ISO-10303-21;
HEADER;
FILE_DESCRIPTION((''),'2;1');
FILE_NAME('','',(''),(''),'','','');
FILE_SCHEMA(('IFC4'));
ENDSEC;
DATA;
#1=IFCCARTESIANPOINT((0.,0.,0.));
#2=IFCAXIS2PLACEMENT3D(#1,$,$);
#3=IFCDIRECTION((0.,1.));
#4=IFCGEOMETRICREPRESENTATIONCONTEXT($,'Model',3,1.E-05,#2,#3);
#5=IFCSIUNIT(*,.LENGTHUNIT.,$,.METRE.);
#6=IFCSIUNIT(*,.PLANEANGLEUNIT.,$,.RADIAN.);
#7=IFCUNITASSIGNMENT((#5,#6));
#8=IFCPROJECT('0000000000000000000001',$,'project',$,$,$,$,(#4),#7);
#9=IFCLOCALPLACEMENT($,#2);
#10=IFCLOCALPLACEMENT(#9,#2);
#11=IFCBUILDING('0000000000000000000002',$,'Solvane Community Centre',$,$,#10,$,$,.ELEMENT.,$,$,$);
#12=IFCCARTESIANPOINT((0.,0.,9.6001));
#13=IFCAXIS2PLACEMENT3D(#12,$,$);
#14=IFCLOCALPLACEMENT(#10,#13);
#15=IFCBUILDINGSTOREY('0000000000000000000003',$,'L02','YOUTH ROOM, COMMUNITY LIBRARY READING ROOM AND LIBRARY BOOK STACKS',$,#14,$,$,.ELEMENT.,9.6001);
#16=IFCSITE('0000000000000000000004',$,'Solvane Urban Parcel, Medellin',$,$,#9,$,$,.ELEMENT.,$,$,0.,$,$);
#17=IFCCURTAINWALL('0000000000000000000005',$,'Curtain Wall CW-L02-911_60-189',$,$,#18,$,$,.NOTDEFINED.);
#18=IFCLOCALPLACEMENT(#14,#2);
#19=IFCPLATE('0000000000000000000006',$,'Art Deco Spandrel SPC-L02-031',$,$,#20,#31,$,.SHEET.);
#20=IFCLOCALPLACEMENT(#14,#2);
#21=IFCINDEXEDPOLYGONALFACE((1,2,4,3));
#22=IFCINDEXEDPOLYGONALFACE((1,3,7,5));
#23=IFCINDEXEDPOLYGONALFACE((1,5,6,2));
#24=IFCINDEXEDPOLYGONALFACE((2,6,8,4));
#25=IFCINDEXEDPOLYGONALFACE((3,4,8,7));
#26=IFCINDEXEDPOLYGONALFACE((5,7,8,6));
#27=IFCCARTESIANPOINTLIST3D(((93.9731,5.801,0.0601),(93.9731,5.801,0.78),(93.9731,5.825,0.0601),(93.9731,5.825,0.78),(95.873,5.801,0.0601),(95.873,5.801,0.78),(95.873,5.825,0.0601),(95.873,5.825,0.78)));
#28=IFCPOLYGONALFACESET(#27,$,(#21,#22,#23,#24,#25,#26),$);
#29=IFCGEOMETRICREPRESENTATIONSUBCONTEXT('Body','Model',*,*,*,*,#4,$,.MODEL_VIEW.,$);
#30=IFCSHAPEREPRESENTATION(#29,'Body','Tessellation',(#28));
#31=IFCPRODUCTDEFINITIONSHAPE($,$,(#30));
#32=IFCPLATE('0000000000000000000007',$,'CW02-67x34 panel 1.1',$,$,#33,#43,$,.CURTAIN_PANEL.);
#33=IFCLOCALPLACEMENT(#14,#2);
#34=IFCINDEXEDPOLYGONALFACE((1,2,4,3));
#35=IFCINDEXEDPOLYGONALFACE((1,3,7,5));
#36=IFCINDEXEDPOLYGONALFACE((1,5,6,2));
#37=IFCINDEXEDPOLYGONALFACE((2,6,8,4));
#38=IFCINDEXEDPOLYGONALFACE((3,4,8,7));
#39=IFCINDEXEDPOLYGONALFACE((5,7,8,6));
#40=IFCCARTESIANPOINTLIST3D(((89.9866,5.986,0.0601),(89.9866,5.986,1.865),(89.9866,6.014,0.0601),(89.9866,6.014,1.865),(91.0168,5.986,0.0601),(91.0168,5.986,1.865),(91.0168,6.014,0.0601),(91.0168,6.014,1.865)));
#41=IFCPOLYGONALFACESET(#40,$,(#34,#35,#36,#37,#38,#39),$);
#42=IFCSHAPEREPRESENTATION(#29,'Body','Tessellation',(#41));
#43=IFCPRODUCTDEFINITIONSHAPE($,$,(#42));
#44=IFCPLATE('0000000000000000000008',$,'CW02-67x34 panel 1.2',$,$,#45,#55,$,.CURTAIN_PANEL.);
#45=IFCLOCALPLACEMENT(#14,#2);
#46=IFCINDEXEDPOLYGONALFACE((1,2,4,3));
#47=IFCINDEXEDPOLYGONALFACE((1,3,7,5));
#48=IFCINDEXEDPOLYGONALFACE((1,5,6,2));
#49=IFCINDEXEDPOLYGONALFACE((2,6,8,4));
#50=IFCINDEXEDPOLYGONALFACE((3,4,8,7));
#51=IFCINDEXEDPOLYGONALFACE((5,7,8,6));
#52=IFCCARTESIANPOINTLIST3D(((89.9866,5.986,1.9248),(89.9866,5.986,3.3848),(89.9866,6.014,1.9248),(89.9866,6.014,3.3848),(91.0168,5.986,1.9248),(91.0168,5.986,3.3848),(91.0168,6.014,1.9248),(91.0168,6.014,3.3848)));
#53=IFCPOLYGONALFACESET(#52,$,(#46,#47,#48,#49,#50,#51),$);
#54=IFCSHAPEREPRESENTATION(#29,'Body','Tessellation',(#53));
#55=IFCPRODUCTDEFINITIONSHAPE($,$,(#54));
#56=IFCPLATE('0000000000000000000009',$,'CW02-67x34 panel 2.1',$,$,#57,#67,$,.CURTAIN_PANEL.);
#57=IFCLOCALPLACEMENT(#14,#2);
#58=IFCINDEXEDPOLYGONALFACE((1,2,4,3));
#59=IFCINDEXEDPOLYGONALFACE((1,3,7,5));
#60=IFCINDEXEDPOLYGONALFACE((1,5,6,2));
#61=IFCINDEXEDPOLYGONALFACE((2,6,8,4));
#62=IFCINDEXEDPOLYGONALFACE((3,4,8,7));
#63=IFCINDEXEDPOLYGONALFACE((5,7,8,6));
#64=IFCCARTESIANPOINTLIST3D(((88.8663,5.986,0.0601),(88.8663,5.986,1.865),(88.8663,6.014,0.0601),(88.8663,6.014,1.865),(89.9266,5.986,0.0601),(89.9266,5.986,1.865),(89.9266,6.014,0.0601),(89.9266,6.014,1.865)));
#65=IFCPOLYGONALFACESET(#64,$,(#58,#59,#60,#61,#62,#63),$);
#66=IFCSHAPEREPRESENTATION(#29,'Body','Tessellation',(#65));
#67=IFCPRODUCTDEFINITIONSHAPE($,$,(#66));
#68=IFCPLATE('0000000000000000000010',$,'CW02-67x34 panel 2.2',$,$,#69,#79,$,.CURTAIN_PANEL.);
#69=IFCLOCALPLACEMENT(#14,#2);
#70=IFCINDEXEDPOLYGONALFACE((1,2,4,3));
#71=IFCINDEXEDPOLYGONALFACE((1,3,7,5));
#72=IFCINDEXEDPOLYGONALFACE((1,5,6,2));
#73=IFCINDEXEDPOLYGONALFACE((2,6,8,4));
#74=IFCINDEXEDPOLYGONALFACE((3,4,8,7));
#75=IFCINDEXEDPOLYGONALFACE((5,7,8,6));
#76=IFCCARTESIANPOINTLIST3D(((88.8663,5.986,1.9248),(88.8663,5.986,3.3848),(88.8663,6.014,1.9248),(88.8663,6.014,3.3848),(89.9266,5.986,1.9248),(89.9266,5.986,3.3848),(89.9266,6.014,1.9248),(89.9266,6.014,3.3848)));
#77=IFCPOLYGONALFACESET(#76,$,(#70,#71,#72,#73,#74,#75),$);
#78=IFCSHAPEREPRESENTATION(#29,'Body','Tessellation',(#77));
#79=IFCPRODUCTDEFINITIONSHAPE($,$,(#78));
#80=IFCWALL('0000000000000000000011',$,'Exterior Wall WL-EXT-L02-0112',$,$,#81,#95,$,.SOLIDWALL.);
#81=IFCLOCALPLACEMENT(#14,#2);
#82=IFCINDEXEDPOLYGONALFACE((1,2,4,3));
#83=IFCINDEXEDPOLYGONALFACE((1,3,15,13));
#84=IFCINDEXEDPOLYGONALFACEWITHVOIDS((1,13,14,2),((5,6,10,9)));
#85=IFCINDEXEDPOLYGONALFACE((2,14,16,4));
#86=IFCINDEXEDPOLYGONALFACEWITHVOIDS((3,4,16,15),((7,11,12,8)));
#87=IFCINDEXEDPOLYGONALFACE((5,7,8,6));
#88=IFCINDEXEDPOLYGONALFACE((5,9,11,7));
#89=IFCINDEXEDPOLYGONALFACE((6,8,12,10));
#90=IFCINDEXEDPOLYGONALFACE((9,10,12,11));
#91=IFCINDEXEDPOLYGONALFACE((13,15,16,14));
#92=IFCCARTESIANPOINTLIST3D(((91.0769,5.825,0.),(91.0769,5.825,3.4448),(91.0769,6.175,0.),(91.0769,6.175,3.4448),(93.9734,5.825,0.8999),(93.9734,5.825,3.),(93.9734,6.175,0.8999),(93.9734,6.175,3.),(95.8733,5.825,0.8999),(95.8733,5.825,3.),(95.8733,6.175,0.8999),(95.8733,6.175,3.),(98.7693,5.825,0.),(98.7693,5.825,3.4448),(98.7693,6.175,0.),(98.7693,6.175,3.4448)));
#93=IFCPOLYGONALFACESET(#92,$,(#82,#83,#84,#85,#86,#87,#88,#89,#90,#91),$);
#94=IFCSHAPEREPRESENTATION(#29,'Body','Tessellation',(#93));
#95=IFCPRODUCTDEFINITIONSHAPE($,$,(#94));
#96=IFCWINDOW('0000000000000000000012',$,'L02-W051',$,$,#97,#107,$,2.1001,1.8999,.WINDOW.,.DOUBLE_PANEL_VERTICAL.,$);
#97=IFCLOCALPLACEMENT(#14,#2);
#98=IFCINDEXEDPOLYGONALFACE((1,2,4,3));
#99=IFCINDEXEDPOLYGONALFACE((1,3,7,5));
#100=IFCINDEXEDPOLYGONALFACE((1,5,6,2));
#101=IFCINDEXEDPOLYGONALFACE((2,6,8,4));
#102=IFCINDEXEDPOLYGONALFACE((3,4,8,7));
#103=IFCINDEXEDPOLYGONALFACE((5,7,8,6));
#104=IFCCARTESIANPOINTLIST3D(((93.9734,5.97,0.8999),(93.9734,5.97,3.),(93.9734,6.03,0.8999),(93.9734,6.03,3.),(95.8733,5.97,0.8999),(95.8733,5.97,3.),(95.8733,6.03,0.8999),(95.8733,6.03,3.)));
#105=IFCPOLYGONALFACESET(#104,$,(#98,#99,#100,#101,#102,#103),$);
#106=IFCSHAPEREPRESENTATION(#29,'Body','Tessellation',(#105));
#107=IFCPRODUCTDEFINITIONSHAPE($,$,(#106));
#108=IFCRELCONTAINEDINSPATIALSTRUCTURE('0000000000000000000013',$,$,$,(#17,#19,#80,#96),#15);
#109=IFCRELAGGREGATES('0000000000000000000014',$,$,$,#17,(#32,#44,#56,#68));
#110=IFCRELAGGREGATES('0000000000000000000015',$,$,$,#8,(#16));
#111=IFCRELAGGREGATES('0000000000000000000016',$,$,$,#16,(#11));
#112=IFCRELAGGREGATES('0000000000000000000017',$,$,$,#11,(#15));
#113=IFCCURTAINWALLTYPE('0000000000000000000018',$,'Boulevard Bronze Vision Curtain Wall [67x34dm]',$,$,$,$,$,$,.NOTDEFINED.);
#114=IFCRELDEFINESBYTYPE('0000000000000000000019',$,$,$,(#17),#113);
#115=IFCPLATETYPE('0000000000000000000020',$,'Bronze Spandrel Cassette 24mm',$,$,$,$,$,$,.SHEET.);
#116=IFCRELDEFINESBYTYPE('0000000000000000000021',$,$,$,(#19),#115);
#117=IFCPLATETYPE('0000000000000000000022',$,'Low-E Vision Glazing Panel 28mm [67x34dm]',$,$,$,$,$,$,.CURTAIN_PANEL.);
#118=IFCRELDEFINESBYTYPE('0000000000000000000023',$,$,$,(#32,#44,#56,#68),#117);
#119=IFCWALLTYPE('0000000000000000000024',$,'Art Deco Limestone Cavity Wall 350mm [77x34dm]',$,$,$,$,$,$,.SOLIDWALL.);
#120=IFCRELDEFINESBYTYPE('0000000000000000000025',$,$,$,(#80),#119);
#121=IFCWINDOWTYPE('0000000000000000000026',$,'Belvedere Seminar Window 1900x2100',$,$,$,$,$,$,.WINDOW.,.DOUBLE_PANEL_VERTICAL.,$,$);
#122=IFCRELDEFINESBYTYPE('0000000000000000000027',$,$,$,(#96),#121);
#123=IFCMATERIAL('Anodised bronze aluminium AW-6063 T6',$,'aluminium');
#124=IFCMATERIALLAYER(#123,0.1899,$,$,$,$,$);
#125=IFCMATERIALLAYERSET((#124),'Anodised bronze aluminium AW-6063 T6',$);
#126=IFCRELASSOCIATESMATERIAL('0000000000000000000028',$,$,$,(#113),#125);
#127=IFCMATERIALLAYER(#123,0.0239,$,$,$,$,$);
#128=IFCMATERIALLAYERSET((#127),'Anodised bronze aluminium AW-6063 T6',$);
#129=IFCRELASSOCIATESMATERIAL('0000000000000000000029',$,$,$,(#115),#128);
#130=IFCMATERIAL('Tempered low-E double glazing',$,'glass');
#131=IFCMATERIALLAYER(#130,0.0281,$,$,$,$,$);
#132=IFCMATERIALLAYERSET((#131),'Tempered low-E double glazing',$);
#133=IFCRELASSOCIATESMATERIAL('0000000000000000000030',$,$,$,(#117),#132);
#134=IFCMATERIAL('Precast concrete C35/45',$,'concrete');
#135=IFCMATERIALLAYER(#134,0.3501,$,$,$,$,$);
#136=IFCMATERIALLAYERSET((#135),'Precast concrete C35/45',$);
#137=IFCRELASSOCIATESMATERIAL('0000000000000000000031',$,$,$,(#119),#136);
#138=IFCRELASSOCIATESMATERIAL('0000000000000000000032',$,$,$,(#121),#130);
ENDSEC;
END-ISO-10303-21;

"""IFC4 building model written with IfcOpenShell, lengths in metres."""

from ifc_helpers import new_model, si_unit, direction, frame, frame_2d, origin, origin_2d, place, context, subcontext, project, spatial, rectangle, extrude, material, layer, layer_set, type_object, element, fill, aggregate, save


model = new_model("IFC4")

# Units and contexts
model_context = context("Model", 3, precision=1e-05, world=origin(), true_north=direction((0.0, 1.0)))
body_context = subcontext(model_context, "Body", "Model", "MODEL_VIEW")
ifc_project = project(units=[si_unit("LENGTHUNIT", "METRE"), si_unit("PLANEANGLEUNIT", "RADIAN")], contexts=[model_context])

# Site, building, storey
site_placement = place(None, origin())
site = spatial("IfcSite", under=ifc_project, at=site_placement, Name="Solvane Urban Parcel, Medellin", CompositionType="ELEMENT", RefElevation=0.0)
building_placement = place(site_placement, origin())
building = spatial("IfcBuilding", under=site, at=building_placement, Name="Solvane Community Centre", CompositionType="ELEMENT")
storey_placement = place(building_placement, frame((0.0, 0.0, 9.6001)))
storey = spatial("IfcBuildingStorey", under=building, at=storey_placement, Name="L02", Description="YOUTH ROOM, COMMUNITY LIBRARY READING ROOM AND LIBRARY BOOK STACKS", CompositionType="ELEMENT", Elevation=9.6001)

# Shared definitions
ifc_material_1 = material(Name="Precast concrete C35/45", Category="concrete")

# Curtain wall
ifc_material_2 = material(Name="Anodised bronze aluminium AW-6063 T6", Category="aluminium")
ifc_layer_1 = layer(ifc_material_2, 0.1899)
ifc_layer_set_1 = layer_set([ifc_layer_1], Name="Anodised bronze aluminium AW-6063 T6")
curtain_wall_type = type_object("IfcCurtainWallType", Name="Boulevard Bronze Vision Curtain Wall [67x34dm]", PredefinedType="NOTDEFINED", material=ifc_layer_set_1)
curtain_wall_placement = place(storey_placement, origin())
curtain_wall = element("IfcCurtainWall", 1, at=curtain_wall_placement, inside=storey, type_object=curtain_wall_type, Name="Curtain Wall CW-L02-911_60-189", PredefinedType="NOTDEFINED")

# Plates
ifc_layer_2 = layer(ifc_material_2, 0.0239)
ifc_layer_set_2 = layer_set([ifc_layer_2], Name="Anodised bronze aluminium AW-6063 T6")
plate_type_1 = type_object("IfcPlateType", Name="Bronze Spandrel Cassette 24mm", PredefinedType="SHEET", material=ifc_layer_set_2)
plate_1_placement = place(storey_placement, frame((94.9231, 5.813, 0.0601), z_axis=(0.0, 0.0, 1.0), x_axis=(-1.0, 0.0, 0.0)))
element("IfcPlate", 2, at=plate_1_placement, inside=storey, type_object=plate_type_1, Name="Art Deco Spandrel SPC-L02-031", PredefinedType="SHEET", context=body_context, shape_type="SweptSolid", body=[
    extrude(rectangle(XDim=1.8999, YDim=0.0239, at=origin_2d()), origin(), (0.0, 0.0, 1.0), 0.72),
])
ifc_material_3 = material(Name="Tempered low-E double glazing", Category="glass")
ifc_layer_3 = layer(ifc_material_3, 0.0281)
ifc_layer_set_3 = layer_set([ifc_layer_3], Name="Tempered low-E double glazing")
plate_type_2 = type_object("IfcPlateType", Name="Low-E Vision Glazing Panel 28mm [67x34dm]", PredefinedType="CURTAIN_PANEL", material=ifc_layer_set_3)
plate_2_placement = place(storey_placement, frame((90.5017, 6.0, 0.0601), z_axis=(0.0, 0.0, 1.0), x_axis=(-1.0, 0.0, 0.0)))
plate_2 = element("IfcPlate", 3, at=plate_2_placement, type_object=plate_type_2, Name="CW02-67x34 panel 1.1", PredefinedType="CURTAIN_PANEL", context=body_context, shape_type="SweptSolid", body=[
    extrude(rectangle(XDim=1.0303, YDim=0.0281, at=origin_2d()), origin(), (0.0, 0.0, 1.0), 1.8049),
])
plate_3_placement = place(storey_placement, frame((90.5017, 6.0, 1.9248), z_axis=(0.0, 0.0, 1.0), x_axis=(-1.0, 0.0, 0.0)))
plate_3 = element("IfcPlate", 4, at=plate_3_placement, type_object=plate_type_2, Name="CW02-67x34 panel 1.2", PredefinedType="CURTAIN_PANEL", context=body_context, shape_type="SweptSolid", body=[
    extrude(rectangle(XDim=1.0303, YDim=0.0281, at=origin_2d()), origin(), (0.0, 0.0, 1.0), 1.46),
])
plate_4_placement = place(storey_placement, frame((89.3965, 6.0, 0.0601), z_axis=(0.0, 0.0, 1.0), x_axis=(-1.0, 0.0, 0.0)))
plate_4 = element("IfcPlate", 5, at=plate_4_placement, type_object=plate_type_2, Name="CW02-67x34 panel 2.1", PredefinedType="CURTAIN_PANEL", context=body_context, shape_type="SweptSolid", body=[
    extrude(rectangle(XDim=1.0603, YDim=0.0281, at=origin_2d()), origin(), (0.0, 0.0, 1.0), 1.8049),
])
plate_5_placement = place(storey_placement, frame((89.3965, 6.0, 1.9248), z_axis=(0.0, 0.0, 1.0), x_axis=(-1.0, 0.0, 0.0)))
plate_5 = element("IfcPlate", 6, at=plate_5_placement, type_object=plate_type_2, Name="CW02-67x34 panel 2.2", PredefinedType="CURTAIN_PANEL", context=body_context, shape_type="SweptSolid", body=[
    extrude(rectangle(XDim=1.0603, YDim=0.0281, at=origin_2d()), origin(), (0.0, 0.0, 1.0), 1.46),
])
aggregate(curtain_wall, [plate_2, plate_3, plate_4, plate_5])

# Wall, opening, window
ifc_layer_4 = layer(ifc_material_1, 0.3501)
ifc_layer_set_4 = layer_set([ifc_layer_4], Name="Precast concrete C35/45")
wall_type = type_object("IfcWallType", Name="Art Deco Limestone Cavity Wall 350mm [77x34dm]", PredefinedType="SOLIDWALL", material=ifc_layer_set_4)
wall_placement = place(storey_placement, frame((98.7693, 6.0, 0.0), z_axis=(0.0, 0.0, 1.0), x_axis=(-1.0, 0.0, 0.0)))
wall = element("IfcWall", 7, at=wall_placement, inside=storey, type_object=wall_type, Name="Exterior Wall WL-EXT-L02-0112", PredefinedType="SOLIDWALL", context=body_context, shape_type="SweptSolid", body=[
    extrude(rectangle(XDim=7.6924, YDim=0.3501, at=frame_2d((3.8462, 0.0))), origin(), (0.0, 0.0, 1.0), 3.4448),
])
opening_placement = place(wall_placement, frame((2.896, 0.0, 0.8999)))
opening = element("IfcOpeningElement", 8, at=opening_placement, cuts=wall, PredefinedType="OPENING", context=body_context, shape_type="SweptSolid", body=[
    extrude(rectangle(XDim=1.8999, YDim=2.1001, at=frame_2d((0.95, 1.05))), frame((0.0, 0.1851, 0.0), z_axis=(0.0, -1.0, 0.0), x_axis=(1.0, 0.0, 0.0)), (0.0, 0.0, 1.0), 0.3701),
])
window_type = type_object("IfcWindowType", Name="Belvedere Seminar Window 1900x2100", PartitioningType="DOUBLE_PANEL_VERTICAL", PredefinedType="WINDOW", material=ifc_material_3)
window_placement = place(opening_placement, origin())
window = element("IfcWindow", 9, at=window_placement, inside=storey, type_object=window_type, Name="L02-W051", OverallHeight=2.1001, OverallWidth=1.8999, PartitioningType="DOUBLE_PANEL_VERTICAL", PredefinedType="WINDOW", context=body_context, shape_type="SweptSolid", body=[
    extrude(rectangle(XDim=1.8999, YDim=2.1001, at=frame_2d((0.95, 1.05))), frame((0.0, 0.03, 0.0), z_axis=(0.0, -1.0, 0.0), x_axis=(1.0, 0.0, 0.0)), (0.0, 0.0, 1.0), 0.0601),
])
fill(opening, window)

save(model, "model.ifc")
